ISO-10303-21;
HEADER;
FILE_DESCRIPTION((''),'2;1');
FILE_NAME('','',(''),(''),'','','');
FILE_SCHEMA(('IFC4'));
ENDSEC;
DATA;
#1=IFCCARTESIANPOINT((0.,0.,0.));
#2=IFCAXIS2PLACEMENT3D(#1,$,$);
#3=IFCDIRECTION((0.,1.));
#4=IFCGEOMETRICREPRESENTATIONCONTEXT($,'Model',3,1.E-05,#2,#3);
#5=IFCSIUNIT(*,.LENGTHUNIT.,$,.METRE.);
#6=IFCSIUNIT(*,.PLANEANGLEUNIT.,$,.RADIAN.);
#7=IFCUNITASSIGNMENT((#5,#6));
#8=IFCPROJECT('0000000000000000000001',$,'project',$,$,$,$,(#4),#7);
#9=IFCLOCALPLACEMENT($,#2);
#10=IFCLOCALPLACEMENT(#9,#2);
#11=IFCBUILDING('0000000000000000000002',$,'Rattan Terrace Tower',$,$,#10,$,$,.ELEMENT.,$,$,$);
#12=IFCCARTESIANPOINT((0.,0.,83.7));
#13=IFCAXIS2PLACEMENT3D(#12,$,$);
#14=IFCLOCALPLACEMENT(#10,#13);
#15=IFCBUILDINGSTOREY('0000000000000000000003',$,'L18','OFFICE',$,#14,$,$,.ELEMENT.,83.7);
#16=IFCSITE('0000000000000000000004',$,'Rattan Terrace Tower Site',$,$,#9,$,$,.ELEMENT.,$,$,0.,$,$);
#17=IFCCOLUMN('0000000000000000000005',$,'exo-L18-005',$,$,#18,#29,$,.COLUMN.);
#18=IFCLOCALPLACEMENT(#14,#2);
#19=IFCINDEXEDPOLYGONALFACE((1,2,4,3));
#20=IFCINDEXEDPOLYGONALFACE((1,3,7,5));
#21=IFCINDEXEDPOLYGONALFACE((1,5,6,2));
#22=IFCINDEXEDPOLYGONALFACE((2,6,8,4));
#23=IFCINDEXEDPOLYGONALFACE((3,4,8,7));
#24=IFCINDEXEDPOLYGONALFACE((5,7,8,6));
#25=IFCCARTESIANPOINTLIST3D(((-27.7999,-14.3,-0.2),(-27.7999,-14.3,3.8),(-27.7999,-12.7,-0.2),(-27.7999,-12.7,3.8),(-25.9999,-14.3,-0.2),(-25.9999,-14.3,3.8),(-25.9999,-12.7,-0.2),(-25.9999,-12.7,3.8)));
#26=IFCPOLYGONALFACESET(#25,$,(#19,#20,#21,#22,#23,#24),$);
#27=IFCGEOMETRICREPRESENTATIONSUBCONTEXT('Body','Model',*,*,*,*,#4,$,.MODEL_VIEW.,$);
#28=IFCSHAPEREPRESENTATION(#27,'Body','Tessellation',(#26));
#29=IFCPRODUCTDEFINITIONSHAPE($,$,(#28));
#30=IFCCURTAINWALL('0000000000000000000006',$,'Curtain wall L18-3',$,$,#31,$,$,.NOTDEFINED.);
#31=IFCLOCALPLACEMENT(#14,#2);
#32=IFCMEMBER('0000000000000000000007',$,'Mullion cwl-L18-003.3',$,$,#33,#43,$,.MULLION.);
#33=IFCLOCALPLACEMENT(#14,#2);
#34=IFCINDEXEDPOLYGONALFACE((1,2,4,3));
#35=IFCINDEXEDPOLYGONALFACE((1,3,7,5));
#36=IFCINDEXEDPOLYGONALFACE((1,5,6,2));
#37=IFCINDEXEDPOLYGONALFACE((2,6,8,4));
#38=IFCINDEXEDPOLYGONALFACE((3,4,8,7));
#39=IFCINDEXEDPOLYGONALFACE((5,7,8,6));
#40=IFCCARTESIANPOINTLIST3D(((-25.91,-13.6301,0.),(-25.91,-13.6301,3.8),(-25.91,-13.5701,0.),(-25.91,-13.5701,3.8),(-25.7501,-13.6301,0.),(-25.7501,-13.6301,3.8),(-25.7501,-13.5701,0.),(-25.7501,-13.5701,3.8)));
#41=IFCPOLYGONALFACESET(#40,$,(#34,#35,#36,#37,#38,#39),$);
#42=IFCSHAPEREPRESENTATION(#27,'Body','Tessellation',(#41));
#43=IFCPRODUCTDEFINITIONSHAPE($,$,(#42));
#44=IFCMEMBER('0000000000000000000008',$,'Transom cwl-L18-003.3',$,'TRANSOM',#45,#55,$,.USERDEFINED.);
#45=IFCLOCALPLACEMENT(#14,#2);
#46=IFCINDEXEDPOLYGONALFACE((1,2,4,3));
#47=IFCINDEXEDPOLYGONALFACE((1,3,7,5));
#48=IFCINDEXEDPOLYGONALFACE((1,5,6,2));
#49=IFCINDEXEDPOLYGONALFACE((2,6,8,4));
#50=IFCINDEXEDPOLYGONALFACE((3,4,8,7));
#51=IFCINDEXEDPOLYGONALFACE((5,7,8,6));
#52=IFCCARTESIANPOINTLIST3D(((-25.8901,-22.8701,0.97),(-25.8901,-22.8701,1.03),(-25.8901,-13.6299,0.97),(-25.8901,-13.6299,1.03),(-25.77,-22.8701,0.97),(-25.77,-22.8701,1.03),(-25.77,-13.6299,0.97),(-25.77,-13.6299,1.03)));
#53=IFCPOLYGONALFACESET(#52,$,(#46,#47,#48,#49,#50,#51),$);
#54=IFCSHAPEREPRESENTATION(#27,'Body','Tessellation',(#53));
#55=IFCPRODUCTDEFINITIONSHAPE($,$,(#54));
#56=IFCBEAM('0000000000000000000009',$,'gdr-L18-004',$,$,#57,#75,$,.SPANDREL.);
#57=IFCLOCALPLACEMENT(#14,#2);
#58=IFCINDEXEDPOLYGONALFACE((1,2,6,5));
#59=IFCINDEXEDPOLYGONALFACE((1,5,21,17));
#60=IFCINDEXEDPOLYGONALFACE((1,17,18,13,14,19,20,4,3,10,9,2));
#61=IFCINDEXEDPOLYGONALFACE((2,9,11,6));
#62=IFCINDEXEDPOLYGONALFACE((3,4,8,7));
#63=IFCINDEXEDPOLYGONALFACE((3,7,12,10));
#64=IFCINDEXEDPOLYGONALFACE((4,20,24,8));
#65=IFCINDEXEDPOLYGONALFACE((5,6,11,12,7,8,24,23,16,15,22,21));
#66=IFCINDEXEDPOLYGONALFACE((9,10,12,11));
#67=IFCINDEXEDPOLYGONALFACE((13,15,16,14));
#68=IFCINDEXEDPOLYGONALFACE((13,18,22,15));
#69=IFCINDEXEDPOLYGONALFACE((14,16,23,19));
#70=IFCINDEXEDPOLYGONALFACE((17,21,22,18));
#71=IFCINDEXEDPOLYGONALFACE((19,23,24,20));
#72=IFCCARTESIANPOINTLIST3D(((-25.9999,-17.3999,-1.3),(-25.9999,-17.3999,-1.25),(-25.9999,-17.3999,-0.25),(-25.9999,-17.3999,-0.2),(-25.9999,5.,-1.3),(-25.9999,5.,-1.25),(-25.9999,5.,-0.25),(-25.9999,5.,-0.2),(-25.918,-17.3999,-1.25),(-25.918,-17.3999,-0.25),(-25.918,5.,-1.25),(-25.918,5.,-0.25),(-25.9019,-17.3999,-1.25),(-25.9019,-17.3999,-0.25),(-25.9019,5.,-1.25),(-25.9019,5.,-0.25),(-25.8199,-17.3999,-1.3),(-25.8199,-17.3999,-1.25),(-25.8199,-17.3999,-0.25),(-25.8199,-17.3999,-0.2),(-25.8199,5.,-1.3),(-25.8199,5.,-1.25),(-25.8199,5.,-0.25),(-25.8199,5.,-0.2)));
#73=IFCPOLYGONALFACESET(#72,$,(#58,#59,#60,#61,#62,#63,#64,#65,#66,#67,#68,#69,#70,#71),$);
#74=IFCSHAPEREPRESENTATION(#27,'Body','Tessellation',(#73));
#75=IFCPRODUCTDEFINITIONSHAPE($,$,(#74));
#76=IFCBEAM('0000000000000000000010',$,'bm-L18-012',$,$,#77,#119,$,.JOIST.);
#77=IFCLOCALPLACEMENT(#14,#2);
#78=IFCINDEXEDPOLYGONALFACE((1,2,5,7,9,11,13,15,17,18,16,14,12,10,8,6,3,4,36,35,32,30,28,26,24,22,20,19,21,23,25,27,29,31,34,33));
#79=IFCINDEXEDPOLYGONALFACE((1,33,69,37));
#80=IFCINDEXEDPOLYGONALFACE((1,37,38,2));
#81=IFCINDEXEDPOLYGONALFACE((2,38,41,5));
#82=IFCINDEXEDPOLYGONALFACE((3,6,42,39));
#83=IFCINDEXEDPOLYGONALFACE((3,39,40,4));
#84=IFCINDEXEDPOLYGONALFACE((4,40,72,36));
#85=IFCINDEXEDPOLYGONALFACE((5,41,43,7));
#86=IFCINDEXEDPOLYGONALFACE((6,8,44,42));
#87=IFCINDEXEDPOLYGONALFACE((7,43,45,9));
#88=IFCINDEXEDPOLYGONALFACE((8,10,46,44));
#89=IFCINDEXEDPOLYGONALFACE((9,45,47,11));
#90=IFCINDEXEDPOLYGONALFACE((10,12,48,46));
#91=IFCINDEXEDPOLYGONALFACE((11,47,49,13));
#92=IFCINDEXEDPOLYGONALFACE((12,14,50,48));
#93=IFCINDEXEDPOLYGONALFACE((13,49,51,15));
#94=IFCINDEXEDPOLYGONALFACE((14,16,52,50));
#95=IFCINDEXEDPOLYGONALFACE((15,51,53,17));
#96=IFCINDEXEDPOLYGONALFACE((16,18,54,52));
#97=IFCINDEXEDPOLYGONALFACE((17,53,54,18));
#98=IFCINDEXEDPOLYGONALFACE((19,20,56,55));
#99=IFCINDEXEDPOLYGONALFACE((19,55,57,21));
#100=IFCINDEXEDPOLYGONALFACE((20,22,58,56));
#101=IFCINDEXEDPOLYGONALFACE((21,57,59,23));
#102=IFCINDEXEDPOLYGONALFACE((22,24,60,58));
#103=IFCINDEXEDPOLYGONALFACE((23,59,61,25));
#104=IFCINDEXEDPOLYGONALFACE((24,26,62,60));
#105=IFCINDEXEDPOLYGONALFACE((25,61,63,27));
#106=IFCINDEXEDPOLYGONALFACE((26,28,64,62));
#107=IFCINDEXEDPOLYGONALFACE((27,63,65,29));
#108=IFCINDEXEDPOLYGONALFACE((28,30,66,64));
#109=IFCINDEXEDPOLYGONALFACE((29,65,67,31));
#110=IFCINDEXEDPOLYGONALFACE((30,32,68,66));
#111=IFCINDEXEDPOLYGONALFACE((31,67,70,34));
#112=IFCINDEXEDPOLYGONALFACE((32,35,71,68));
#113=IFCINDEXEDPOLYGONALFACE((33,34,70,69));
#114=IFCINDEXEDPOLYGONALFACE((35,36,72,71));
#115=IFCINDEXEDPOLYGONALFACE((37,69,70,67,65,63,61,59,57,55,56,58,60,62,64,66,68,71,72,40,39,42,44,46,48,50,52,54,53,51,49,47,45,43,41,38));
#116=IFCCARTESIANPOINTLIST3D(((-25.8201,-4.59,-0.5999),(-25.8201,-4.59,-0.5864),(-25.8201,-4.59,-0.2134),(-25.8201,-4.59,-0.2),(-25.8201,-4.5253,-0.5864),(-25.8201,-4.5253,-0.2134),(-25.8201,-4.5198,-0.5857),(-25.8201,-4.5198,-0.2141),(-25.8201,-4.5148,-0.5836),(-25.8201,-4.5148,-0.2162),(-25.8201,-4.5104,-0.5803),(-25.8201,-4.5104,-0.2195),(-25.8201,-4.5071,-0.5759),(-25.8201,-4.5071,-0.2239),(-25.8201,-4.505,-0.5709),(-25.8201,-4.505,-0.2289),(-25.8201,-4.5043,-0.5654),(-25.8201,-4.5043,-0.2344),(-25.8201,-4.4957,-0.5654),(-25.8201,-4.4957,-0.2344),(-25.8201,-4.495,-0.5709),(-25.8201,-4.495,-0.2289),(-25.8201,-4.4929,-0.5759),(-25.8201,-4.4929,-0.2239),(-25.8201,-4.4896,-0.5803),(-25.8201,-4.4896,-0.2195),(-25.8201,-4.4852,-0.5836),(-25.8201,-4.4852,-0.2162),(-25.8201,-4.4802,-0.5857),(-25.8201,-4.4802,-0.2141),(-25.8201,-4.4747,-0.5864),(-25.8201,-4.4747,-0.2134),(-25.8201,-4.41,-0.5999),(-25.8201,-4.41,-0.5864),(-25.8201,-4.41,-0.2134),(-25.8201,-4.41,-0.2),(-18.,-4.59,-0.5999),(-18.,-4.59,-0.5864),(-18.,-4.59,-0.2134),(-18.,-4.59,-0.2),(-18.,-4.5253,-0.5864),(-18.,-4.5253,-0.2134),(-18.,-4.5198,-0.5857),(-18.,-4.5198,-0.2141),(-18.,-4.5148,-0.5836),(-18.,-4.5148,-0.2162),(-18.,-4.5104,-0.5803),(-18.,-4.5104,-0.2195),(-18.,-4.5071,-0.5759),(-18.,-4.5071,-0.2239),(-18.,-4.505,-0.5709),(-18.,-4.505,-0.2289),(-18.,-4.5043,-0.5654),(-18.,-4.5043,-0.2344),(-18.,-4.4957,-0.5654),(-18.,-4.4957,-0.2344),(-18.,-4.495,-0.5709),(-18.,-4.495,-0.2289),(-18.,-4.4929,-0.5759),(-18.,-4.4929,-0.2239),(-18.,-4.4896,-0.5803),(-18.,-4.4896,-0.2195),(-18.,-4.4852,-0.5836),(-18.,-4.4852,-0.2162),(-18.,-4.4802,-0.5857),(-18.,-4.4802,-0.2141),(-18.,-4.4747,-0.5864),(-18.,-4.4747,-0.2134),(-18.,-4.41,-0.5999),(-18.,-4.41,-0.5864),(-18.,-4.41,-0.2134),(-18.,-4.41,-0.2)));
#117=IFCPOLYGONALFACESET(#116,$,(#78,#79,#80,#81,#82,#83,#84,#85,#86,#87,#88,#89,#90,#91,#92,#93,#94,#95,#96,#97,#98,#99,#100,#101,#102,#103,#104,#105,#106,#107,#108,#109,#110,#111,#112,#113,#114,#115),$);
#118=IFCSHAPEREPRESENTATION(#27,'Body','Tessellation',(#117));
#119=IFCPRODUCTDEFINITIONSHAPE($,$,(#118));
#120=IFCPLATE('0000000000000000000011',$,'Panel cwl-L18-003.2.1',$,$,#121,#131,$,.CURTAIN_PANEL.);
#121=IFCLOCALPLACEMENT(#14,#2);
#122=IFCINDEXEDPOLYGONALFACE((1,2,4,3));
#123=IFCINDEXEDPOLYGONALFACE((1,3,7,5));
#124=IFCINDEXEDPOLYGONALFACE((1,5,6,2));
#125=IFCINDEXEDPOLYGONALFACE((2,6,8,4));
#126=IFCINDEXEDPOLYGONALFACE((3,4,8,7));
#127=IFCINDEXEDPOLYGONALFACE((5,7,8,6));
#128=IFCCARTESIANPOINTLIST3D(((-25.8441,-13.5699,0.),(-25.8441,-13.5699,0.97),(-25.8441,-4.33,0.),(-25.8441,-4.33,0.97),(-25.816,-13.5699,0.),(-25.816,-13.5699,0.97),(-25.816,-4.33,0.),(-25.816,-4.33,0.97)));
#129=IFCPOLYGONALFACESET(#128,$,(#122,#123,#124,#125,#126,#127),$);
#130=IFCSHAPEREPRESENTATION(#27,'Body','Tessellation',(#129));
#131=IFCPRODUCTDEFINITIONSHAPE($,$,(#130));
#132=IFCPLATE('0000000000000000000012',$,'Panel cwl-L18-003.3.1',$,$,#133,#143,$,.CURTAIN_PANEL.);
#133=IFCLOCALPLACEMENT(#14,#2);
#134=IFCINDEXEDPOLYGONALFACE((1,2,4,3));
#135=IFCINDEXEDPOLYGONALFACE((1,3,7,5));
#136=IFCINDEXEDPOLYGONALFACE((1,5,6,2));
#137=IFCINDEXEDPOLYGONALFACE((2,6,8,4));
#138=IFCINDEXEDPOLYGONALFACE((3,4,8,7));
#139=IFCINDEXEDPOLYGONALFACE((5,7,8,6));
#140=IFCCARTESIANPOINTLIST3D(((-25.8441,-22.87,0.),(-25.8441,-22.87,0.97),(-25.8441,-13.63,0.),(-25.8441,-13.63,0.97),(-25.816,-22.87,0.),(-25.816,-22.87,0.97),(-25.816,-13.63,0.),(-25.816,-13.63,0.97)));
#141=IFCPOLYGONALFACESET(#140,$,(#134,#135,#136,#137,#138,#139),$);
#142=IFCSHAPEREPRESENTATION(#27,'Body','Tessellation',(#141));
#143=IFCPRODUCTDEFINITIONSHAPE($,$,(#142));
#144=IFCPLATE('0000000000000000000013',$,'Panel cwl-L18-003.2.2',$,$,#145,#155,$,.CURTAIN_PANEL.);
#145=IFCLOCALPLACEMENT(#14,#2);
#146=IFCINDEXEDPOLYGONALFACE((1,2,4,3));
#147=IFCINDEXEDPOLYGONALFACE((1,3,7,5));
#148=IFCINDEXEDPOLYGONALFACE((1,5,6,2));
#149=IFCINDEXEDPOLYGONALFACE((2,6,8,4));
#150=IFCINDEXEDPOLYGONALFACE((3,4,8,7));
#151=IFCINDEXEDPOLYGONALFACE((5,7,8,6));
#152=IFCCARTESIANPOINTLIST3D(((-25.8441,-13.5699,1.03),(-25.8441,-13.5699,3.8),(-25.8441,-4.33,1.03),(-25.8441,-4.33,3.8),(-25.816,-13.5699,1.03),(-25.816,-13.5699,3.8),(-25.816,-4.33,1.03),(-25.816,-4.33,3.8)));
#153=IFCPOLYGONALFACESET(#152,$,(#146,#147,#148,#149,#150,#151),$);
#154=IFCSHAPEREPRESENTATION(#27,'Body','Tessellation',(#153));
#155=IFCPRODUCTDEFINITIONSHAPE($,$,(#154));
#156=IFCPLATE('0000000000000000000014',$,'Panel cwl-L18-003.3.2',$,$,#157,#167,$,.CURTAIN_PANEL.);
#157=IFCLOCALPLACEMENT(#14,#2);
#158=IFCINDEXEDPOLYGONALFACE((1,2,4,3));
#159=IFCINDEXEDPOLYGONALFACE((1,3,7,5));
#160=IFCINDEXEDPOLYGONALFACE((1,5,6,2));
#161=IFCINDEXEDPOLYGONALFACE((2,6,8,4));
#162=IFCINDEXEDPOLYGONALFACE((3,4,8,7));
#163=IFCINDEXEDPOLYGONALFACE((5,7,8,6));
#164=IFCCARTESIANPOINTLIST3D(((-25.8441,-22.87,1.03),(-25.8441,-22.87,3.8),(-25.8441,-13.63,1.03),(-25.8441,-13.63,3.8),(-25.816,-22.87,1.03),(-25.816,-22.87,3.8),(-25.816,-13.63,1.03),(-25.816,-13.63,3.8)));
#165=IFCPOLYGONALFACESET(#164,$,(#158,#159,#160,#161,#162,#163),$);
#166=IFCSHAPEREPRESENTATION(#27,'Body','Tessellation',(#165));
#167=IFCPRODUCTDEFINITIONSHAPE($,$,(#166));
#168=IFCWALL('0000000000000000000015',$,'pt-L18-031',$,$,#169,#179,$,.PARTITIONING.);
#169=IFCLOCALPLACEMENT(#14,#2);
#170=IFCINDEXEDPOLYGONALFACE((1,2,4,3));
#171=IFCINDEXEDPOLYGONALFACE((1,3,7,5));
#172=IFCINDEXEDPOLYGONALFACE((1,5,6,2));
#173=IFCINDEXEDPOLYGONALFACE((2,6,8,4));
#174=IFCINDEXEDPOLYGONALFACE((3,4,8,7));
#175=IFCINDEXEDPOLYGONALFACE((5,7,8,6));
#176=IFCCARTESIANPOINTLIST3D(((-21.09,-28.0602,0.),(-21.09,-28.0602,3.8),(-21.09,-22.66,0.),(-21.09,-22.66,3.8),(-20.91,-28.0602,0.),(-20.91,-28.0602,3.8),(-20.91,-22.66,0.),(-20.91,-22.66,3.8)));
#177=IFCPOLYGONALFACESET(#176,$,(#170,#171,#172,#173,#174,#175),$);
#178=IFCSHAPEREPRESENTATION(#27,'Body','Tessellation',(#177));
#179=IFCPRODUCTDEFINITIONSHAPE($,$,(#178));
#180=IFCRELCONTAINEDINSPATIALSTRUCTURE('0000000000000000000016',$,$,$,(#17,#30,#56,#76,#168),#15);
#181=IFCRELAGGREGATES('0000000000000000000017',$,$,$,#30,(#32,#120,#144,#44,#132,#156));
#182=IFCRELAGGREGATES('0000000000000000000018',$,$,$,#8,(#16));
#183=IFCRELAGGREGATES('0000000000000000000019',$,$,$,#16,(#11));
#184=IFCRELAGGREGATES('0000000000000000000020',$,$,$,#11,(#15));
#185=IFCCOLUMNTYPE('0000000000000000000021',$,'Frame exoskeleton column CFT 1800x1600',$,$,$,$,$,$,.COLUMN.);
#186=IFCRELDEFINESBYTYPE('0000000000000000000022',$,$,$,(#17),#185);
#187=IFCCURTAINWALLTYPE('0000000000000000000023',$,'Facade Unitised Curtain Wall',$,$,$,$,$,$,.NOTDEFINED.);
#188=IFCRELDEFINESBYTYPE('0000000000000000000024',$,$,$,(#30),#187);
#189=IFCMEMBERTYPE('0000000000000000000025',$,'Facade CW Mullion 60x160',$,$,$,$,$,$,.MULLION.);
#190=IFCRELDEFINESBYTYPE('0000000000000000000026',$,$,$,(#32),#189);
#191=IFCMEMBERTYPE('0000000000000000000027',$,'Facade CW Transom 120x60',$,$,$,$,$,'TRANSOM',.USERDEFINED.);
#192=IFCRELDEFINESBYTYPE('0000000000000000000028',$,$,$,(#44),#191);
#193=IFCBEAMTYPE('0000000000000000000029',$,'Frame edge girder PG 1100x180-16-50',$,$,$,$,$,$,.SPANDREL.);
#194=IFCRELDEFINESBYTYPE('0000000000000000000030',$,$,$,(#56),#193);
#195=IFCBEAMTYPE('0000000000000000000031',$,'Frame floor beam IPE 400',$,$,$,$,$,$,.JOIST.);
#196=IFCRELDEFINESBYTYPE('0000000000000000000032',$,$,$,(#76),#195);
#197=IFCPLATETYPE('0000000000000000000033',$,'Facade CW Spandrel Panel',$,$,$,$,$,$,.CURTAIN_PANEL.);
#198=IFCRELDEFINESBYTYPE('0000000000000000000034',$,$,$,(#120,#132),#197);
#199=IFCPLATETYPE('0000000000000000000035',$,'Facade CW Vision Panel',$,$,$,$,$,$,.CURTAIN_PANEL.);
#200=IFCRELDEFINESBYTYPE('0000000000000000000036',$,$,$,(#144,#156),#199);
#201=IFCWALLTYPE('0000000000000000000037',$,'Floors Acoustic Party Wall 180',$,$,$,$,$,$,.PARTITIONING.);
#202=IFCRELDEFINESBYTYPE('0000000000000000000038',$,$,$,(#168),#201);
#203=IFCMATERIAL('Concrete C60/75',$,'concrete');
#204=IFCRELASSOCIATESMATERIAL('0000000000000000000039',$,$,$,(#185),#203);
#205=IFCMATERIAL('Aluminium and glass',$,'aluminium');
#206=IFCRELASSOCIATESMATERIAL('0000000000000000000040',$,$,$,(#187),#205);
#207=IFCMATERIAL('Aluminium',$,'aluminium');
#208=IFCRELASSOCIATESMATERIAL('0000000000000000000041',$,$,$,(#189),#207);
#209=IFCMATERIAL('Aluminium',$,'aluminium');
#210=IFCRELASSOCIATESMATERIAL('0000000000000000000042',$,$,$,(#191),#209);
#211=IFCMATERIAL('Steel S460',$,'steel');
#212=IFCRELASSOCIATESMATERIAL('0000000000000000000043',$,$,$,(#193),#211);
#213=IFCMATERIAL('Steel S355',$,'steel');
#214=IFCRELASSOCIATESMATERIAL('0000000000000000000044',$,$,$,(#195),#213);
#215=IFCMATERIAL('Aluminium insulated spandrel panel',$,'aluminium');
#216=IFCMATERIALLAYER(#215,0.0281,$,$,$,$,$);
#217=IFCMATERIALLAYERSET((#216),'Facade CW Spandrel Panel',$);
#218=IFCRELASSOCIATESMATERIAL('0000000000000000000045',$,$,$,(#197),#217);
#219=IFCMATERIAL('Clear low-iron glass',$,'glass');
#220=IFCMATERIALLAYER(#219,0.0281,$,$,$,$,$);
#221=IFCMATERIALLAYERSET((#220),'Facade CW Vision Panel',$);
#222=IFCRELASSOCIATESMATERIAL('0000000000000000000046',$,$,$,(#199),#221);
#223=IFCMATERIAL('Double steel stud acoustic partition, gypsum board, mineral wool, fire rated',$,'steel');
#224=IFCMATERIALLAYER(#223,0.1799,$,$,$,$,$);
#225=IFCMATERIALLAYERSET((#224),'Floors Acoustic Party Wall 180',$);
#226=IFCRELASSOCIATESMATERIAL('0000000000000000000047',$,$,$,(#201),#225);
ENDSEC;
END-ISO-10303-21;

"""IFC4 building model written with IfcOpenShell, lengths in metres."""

from ifc_helpers import new_model, si_unit, direction, frame, frame_2d, origin, origin_2d, place, context, subcontext, project, spatial, rectangle, i_section, extrude, material, layer, layer_set, material_profile, profile_set, type_object, element, aggregate, save


model = new_model("IFC4")

# Units and contexts
model_context = context("Model", 3, precision=1e-05, world=origin(), true_north=direction((0.0, 1.0)))
body_context = subcontext(model_context, "Body", "Model", "MODEL_VIEW")
ifc_project = project(units=[si_unit("LENGTHUNIT", "METRE"), si_unit("PLANEANGLEUNIT", "RADIAN")], contexts=[model_context])

# Site, building, storey
site_placement = place(None, origin())
site = spatial("IfcSite", under=ifc_project, at=site_placement, Name="Rattan Terrace Tower Site", CompositionType="ELEMENT", RefElevation=0.0)
building_placement = place(site_placement, origin())
building = spatial("IfcBuilding", under=site, at=building_placement, Name="Rattan Terrace Tower", CompositionType="ELEMENT")
storey_placement = place(building_placement, frame((0.0, 0.0, 83.7)))
storey = spatial("IfcBuildingStorey", under=building, at=storey_placement, Name="L18", Description="OFFICE", CompositionType="ELEMENT", Elevation=83.7)

# Column
ifc_material_1 = material(Name="Concrete C60/75", Category="concrete")
ifc_material_profile_1 = material_profile(ifc_material_1, rectangle(XDim=1.6001, YDim=1.8, at=origin_2d()), Name="CFT 1800x1600")
ifc_profile_set_1 = profile_set([ifc_material_profile_1], Name="Concrete C60/75")
column_type = type_object("IfcColumnType", Name="Frame exoskeleton column CFT 1800x1600", PredefinedType="COLUMN", material=ifc_profile_set_1)
column_placement = place(storey_placement, frame((-26.8999, -13.5, -0.2), z_axis=(0.0, 0.0, 1.0), x_axis=(0.0, 1.0, 0.0)))
element("IfcColumn", 1, at=column_placement, inside=storey, type_object=column_type, Name="exo-L18-005", PredefinedType="COLUMN", context=body_context, shape_type="SweptSolid", body=[
    extrude(rectangle(XDim=1.6001, YDim=1.8, at=origin_2d()), origin(), (0.0, 0.0, 1.0), 4.0),
])

# Curtain wall, members
ifc_material_2 = material(Name="Aluminium and glass", Category="aluminium")
curtain_wall_type = type_object("IfcCurtainWallType", Name="Facade Unitised Curtain Wall", PredefinedType="NOTDEFINED", material=ifc_material_2)
curtain_wall_placement = place(storey_placement, origin())
curtain_wall = element("IfcCurtainWall", 2, at=curtain_wall_placement, inside=storey, type_object=curtain_wall_type, Name="Curtain wall L18-3", PredefinedType="NOTDEFINED")
ifc_material_3 = material(Name="Aluminium", Category="aluminium")
ifc_material_profile_2 = material_profile(ifc_material_3, rectangle(XDim=0.0601, YDim=0.1599, at=origin_2d()), Name="Aluminium 60x160")
ifc_profile_set_2 = profile_set([ifc_material_profile_2], Name="Aluminium")
member_type_1 = type_object("IfcMemberType", Name="Facade CW Mullion 60x160", PredefinedType="MULLION", material=ifc_profile_set_2)
member_1_placement = place(storey_placement, frame((-25.8301, -13.6001, 0.0), z_axis=(0.0, 0.0, 1.0), x_axis=(0.0, -1.0, 0.0)))
member_1 = element("IfcMember", 3, at=member_1_placement, type_object=member_type_1, Name="Mullion cwl-L18-003.3", PredefinedType="MULLION", context=body_context, shape_type="SweptSolid", body=[
    extrude(rectangle(XDim=0.0601, YDim=0.1599, at=origin_2d()), origin(), (0.0, 0.0, 1.0), 3.8),
])
ifc_material_4 = material(Name="Aluminium", Category="aluminium")
ifc_material_profile_3 = material_profile(ifc_material_4, rectangle(XDim=0.1201, YDim=0.0601, at=origin_2d()), Name="Aluminium 120x60")
ifc_profile_set_3 = profile_set([ifc_material_profile_3], Name="Aluminium")
member_type_2 = type_object("IfcMemberType", Name="Facade CW Transom 120x60", ElementType="TRANSOM", PredefinedType="USERDEFINED", material=ifc_profile_set_3)
member_2_placement = place(storey_placement, frame((-25.8301, -13.6299, 1.0), z_axis=(0.0, -1.0, 0.0), x_axis=(1.0, 0.0, 0.0)))
member_2 = element("IfcMember", 4, at=member_2_placement, type_object=member_type_2, Name="Transom cwl-L18-003.3", ObjectType="TRANSOM", PredefinedType="USERDEFINED", context=body_context, shape_type="SweptSolid", body=[
    extrude(rectangle(XDim=0.1201, YDim=0.0601, at=origin_2d()), origin(), (0.0, 0.0, 1.0), 9.2402),
])

# Beams
ifc_material_5 = material(Name="Steel S460", Category="steel")
ifc_material_profile_4 = material_profile(ifc_material_5, i_section(OverallWidth=0.1799, OverallDepth=1.1001, WebThickness=0.0161, FlangeThickness=0.05, at=origin_2d()), Name="PG 1100x180-16-50")
ifc_profile_set_4 = profile_set([ifc_material_profile_4], Name="Steel S460")
beam_type_1 = type_object("IfcBeamType", Name="Frame edge girder PG 1100x180-16-50", PredefinedType="SPANDREL", material=ifc_profile_set_4)
beam_1_placement = place(storey_placement, frame((-25.9099, -17.3999, -0.75), z_axis=(0.0, 1.0, 0.0), x_axis=(-1.0, 0.0, 0.0)))
element("IfcBeam", 5, at=beam_1_placement, inside=storey, type_object=beam_type_1, Name="gdr-L18-004", PredefinedType="SPANDREL", context=body_context, shape_type="SweptSolid", body=[
    extrude(i_section(OverallWidth=0.1799, OverallDepth=1.1001, WebThickness=0.0161, FlangeThickness=0.05, at=origin_2d()), origin(), (0.0, 0.0, 1.0), 22.3999),
])
ifc_material_6 = material(Name="Steel S355", Category="steel")
ifc_material_profile_5 = material_profile(ifc_material_6, i_section(OverallWidth=0.1799, OverallDepth=0.3999, WebThickness=0.0085, FlangeThickness=0.0134, FilletRadius=0.021, at=origin_2d()), Name="IPE 400")
ifc_profile_set_5 = profile_set([ifc_material_profile_5], Name="Steel S355")
beam_type_2 = type_object("IfcBeamType", Name="Frame floor beam IPE 400", PredefinedType="JOIST", material=ifc_profile_set_5)
beam_2_placement = place(storey_placement, frame((-25.8201, -4.5, -0.3999), z_axis=(1.0, 0.0, 0.0), x_axis=(0.0, 1.0, 0.0)))
element("IfcBeam", 6, at=beam_2_placement, inside=storey, type_object=beam_type_2, Name="bm-L18-012", PredefinedType="JOIST", context=body_context, shape_type="SweptSolid", body=[
    extrude(i_section(OverallWidth=0.1799, OverallDepth=0.3999, WebThickness=0.0085, FlangeThickness=0.0134, FilletRadius=0.021, at=origin_2d()), origin(), (0.0, 0.0, 1.0), 7.8201),
])

# Plates
ifc_material_7 = material(Name="Aluminium insulated spandrel panel", Category="aluminium")
ifc_layer_1 = layer(ifc_material_7, 0.0281)
ifc_layer_set_1 = layer_set([ifc_layer_1], Name="Facade CW Spandrel Panel")
plate_type_1 = type_object("IfcPlateType", Name="Facade CW Spandrel Panel", PredefinedType="CURTAIN_PANEL", material=ifc_layer_set_1)
plate_1_placement = place(storey_placement, frame((-25.8301, -8.95, 0.0), z_axis=(0.0, 0.0, 1.0), x_axis=(0.0, -1.0, 0.0)))
plate_1 = element("IfcPlate", 7, at=plate_1_placement, type_object=plate_type_1, Name="Panel cwl-L18-003.2.1", PredefinedType="CURTAIN_PANEL", context=body_context, shape_type="SweptSolid", body=[
    extrude(rectangle(XDim=9.24, YDim=0.0281, at=origin_2d()), origin(), (0.0, 0.0, 1.0), 0.97),
])
plate_2_placement = place(storey_placement, frame((-25.8301, -18.25, 0.0), z_axis=(0.0, 0.0, 1.0), x_axis=(0.0, -1.0, 0.0)))
plate_2 = element("IfcPlate", 8, at=plate_2_placement, type_object=plate_type_1, Name="Panel cwl-L18-003.3.1", PredefinedType="CURTAIN_PANEL", context=body_context, shape_type="SweptSolid", body=[
    extrude(rectangle(XDim=9.24, YDim=0.0281, at=origin_2d()), origin(), (0.0, 0.0, 1.0), 0.97),
])
ifc_material_8 = material(Name="Clear low-iron glass", Category="glass")
ifc_layer_2 = layer(ifc_material_8, 0.0281)
ifc_layer_set_2 = layer_set([ifc_layer_2], Name="Facade CW Vision Panel")
plate_type_2 = type_object("IfcPlateType", Name="Facade CW Vision Panel", PredefinedType="CURTAIN_PANEL", material=ifc_layer_set_2)
plate_3_placement = place(storey_placement, frame((-25.8301, -8.95, 1.03), z_axis=(0.0, 0.0, 1.0), x_axis=(0.0, -1.0, 0.0)))
plate_3 = element("IfcPlate", 9, at=plate_3_placement, type_object=plate_type_2, Name="Panel cwl-L18-003.2.2", PredefinedType="CURTAIN_PANEL", context=body_context, shape_type="SweptSolid", body=[
    extrude(rectangle(XDim=9.24, YDim=0.0281, at=origin_2d()), origin(), (0.0, 0.0, 1.0), 2.77),
])
plate_4_placement = place(storey_placement, frame((-25.8301, -18.25, 1.03), z_axis=(0.0, 0.0, 1.0), x_axis=(0.0, -1.0, 0.0)))
plate_4 = element("IfcPlate", 10, at=plate_4_placement, type_object=plate_type_2, Name="Panel cwl-L18-003.3.2", PredefinedType="CURTAIN_PANEL", context=body_context, shape_type="SweptSolid", body=[
    extrude(rectangle(XDim=9.24, YDim=0.0281, at=origin_2d()), origin(), (0.0, 0.0, 1.0), 2.77),
])
aggregate(curtain_wall, [member_1, plate_1, plate_3, member_2, plate_2, plate_4])

# Wall
ifc_material_9 = material(Name="Double steel stud acoustic partition, gypsum board, mineral wool, fire rated", Category="steel")
ifc_layer_3 = layer(ifc_material_9, 0.1799)
ifc_layer_set_3 = layer_set([ifc_layer_3], Name="Floors Acoustic Party Wall 180")
wall_type_1 = type_object("IfcWallType", Name="Floors Acoustic Party Wall 180", PredefinedType="PARTITIONING", material=ifc_layer_set_3)
wall_1_placement = place(storey_placement, frame((-21.0, -22.6599, 0.0), z_axis=(0.0, 0.0, 1.0), x_axis=(0.0, -1.0, 0.0)))
element("IfcWall", 11, at=wall_1_placement, inside=storey, type_object=wall_type_1, Name="pt-L18-031", PredefinedType="PARTITIONING", context=body_context, shape_type="SweptSolid", body=[
    extrude(rectangle(XDim=5.4001, YDim=0.1799, at=frame_2d((2.7002, 0.0))), origin(), (0.0, 0.0, 1.0), 3.8),
])

save(model, "model.ifc")
